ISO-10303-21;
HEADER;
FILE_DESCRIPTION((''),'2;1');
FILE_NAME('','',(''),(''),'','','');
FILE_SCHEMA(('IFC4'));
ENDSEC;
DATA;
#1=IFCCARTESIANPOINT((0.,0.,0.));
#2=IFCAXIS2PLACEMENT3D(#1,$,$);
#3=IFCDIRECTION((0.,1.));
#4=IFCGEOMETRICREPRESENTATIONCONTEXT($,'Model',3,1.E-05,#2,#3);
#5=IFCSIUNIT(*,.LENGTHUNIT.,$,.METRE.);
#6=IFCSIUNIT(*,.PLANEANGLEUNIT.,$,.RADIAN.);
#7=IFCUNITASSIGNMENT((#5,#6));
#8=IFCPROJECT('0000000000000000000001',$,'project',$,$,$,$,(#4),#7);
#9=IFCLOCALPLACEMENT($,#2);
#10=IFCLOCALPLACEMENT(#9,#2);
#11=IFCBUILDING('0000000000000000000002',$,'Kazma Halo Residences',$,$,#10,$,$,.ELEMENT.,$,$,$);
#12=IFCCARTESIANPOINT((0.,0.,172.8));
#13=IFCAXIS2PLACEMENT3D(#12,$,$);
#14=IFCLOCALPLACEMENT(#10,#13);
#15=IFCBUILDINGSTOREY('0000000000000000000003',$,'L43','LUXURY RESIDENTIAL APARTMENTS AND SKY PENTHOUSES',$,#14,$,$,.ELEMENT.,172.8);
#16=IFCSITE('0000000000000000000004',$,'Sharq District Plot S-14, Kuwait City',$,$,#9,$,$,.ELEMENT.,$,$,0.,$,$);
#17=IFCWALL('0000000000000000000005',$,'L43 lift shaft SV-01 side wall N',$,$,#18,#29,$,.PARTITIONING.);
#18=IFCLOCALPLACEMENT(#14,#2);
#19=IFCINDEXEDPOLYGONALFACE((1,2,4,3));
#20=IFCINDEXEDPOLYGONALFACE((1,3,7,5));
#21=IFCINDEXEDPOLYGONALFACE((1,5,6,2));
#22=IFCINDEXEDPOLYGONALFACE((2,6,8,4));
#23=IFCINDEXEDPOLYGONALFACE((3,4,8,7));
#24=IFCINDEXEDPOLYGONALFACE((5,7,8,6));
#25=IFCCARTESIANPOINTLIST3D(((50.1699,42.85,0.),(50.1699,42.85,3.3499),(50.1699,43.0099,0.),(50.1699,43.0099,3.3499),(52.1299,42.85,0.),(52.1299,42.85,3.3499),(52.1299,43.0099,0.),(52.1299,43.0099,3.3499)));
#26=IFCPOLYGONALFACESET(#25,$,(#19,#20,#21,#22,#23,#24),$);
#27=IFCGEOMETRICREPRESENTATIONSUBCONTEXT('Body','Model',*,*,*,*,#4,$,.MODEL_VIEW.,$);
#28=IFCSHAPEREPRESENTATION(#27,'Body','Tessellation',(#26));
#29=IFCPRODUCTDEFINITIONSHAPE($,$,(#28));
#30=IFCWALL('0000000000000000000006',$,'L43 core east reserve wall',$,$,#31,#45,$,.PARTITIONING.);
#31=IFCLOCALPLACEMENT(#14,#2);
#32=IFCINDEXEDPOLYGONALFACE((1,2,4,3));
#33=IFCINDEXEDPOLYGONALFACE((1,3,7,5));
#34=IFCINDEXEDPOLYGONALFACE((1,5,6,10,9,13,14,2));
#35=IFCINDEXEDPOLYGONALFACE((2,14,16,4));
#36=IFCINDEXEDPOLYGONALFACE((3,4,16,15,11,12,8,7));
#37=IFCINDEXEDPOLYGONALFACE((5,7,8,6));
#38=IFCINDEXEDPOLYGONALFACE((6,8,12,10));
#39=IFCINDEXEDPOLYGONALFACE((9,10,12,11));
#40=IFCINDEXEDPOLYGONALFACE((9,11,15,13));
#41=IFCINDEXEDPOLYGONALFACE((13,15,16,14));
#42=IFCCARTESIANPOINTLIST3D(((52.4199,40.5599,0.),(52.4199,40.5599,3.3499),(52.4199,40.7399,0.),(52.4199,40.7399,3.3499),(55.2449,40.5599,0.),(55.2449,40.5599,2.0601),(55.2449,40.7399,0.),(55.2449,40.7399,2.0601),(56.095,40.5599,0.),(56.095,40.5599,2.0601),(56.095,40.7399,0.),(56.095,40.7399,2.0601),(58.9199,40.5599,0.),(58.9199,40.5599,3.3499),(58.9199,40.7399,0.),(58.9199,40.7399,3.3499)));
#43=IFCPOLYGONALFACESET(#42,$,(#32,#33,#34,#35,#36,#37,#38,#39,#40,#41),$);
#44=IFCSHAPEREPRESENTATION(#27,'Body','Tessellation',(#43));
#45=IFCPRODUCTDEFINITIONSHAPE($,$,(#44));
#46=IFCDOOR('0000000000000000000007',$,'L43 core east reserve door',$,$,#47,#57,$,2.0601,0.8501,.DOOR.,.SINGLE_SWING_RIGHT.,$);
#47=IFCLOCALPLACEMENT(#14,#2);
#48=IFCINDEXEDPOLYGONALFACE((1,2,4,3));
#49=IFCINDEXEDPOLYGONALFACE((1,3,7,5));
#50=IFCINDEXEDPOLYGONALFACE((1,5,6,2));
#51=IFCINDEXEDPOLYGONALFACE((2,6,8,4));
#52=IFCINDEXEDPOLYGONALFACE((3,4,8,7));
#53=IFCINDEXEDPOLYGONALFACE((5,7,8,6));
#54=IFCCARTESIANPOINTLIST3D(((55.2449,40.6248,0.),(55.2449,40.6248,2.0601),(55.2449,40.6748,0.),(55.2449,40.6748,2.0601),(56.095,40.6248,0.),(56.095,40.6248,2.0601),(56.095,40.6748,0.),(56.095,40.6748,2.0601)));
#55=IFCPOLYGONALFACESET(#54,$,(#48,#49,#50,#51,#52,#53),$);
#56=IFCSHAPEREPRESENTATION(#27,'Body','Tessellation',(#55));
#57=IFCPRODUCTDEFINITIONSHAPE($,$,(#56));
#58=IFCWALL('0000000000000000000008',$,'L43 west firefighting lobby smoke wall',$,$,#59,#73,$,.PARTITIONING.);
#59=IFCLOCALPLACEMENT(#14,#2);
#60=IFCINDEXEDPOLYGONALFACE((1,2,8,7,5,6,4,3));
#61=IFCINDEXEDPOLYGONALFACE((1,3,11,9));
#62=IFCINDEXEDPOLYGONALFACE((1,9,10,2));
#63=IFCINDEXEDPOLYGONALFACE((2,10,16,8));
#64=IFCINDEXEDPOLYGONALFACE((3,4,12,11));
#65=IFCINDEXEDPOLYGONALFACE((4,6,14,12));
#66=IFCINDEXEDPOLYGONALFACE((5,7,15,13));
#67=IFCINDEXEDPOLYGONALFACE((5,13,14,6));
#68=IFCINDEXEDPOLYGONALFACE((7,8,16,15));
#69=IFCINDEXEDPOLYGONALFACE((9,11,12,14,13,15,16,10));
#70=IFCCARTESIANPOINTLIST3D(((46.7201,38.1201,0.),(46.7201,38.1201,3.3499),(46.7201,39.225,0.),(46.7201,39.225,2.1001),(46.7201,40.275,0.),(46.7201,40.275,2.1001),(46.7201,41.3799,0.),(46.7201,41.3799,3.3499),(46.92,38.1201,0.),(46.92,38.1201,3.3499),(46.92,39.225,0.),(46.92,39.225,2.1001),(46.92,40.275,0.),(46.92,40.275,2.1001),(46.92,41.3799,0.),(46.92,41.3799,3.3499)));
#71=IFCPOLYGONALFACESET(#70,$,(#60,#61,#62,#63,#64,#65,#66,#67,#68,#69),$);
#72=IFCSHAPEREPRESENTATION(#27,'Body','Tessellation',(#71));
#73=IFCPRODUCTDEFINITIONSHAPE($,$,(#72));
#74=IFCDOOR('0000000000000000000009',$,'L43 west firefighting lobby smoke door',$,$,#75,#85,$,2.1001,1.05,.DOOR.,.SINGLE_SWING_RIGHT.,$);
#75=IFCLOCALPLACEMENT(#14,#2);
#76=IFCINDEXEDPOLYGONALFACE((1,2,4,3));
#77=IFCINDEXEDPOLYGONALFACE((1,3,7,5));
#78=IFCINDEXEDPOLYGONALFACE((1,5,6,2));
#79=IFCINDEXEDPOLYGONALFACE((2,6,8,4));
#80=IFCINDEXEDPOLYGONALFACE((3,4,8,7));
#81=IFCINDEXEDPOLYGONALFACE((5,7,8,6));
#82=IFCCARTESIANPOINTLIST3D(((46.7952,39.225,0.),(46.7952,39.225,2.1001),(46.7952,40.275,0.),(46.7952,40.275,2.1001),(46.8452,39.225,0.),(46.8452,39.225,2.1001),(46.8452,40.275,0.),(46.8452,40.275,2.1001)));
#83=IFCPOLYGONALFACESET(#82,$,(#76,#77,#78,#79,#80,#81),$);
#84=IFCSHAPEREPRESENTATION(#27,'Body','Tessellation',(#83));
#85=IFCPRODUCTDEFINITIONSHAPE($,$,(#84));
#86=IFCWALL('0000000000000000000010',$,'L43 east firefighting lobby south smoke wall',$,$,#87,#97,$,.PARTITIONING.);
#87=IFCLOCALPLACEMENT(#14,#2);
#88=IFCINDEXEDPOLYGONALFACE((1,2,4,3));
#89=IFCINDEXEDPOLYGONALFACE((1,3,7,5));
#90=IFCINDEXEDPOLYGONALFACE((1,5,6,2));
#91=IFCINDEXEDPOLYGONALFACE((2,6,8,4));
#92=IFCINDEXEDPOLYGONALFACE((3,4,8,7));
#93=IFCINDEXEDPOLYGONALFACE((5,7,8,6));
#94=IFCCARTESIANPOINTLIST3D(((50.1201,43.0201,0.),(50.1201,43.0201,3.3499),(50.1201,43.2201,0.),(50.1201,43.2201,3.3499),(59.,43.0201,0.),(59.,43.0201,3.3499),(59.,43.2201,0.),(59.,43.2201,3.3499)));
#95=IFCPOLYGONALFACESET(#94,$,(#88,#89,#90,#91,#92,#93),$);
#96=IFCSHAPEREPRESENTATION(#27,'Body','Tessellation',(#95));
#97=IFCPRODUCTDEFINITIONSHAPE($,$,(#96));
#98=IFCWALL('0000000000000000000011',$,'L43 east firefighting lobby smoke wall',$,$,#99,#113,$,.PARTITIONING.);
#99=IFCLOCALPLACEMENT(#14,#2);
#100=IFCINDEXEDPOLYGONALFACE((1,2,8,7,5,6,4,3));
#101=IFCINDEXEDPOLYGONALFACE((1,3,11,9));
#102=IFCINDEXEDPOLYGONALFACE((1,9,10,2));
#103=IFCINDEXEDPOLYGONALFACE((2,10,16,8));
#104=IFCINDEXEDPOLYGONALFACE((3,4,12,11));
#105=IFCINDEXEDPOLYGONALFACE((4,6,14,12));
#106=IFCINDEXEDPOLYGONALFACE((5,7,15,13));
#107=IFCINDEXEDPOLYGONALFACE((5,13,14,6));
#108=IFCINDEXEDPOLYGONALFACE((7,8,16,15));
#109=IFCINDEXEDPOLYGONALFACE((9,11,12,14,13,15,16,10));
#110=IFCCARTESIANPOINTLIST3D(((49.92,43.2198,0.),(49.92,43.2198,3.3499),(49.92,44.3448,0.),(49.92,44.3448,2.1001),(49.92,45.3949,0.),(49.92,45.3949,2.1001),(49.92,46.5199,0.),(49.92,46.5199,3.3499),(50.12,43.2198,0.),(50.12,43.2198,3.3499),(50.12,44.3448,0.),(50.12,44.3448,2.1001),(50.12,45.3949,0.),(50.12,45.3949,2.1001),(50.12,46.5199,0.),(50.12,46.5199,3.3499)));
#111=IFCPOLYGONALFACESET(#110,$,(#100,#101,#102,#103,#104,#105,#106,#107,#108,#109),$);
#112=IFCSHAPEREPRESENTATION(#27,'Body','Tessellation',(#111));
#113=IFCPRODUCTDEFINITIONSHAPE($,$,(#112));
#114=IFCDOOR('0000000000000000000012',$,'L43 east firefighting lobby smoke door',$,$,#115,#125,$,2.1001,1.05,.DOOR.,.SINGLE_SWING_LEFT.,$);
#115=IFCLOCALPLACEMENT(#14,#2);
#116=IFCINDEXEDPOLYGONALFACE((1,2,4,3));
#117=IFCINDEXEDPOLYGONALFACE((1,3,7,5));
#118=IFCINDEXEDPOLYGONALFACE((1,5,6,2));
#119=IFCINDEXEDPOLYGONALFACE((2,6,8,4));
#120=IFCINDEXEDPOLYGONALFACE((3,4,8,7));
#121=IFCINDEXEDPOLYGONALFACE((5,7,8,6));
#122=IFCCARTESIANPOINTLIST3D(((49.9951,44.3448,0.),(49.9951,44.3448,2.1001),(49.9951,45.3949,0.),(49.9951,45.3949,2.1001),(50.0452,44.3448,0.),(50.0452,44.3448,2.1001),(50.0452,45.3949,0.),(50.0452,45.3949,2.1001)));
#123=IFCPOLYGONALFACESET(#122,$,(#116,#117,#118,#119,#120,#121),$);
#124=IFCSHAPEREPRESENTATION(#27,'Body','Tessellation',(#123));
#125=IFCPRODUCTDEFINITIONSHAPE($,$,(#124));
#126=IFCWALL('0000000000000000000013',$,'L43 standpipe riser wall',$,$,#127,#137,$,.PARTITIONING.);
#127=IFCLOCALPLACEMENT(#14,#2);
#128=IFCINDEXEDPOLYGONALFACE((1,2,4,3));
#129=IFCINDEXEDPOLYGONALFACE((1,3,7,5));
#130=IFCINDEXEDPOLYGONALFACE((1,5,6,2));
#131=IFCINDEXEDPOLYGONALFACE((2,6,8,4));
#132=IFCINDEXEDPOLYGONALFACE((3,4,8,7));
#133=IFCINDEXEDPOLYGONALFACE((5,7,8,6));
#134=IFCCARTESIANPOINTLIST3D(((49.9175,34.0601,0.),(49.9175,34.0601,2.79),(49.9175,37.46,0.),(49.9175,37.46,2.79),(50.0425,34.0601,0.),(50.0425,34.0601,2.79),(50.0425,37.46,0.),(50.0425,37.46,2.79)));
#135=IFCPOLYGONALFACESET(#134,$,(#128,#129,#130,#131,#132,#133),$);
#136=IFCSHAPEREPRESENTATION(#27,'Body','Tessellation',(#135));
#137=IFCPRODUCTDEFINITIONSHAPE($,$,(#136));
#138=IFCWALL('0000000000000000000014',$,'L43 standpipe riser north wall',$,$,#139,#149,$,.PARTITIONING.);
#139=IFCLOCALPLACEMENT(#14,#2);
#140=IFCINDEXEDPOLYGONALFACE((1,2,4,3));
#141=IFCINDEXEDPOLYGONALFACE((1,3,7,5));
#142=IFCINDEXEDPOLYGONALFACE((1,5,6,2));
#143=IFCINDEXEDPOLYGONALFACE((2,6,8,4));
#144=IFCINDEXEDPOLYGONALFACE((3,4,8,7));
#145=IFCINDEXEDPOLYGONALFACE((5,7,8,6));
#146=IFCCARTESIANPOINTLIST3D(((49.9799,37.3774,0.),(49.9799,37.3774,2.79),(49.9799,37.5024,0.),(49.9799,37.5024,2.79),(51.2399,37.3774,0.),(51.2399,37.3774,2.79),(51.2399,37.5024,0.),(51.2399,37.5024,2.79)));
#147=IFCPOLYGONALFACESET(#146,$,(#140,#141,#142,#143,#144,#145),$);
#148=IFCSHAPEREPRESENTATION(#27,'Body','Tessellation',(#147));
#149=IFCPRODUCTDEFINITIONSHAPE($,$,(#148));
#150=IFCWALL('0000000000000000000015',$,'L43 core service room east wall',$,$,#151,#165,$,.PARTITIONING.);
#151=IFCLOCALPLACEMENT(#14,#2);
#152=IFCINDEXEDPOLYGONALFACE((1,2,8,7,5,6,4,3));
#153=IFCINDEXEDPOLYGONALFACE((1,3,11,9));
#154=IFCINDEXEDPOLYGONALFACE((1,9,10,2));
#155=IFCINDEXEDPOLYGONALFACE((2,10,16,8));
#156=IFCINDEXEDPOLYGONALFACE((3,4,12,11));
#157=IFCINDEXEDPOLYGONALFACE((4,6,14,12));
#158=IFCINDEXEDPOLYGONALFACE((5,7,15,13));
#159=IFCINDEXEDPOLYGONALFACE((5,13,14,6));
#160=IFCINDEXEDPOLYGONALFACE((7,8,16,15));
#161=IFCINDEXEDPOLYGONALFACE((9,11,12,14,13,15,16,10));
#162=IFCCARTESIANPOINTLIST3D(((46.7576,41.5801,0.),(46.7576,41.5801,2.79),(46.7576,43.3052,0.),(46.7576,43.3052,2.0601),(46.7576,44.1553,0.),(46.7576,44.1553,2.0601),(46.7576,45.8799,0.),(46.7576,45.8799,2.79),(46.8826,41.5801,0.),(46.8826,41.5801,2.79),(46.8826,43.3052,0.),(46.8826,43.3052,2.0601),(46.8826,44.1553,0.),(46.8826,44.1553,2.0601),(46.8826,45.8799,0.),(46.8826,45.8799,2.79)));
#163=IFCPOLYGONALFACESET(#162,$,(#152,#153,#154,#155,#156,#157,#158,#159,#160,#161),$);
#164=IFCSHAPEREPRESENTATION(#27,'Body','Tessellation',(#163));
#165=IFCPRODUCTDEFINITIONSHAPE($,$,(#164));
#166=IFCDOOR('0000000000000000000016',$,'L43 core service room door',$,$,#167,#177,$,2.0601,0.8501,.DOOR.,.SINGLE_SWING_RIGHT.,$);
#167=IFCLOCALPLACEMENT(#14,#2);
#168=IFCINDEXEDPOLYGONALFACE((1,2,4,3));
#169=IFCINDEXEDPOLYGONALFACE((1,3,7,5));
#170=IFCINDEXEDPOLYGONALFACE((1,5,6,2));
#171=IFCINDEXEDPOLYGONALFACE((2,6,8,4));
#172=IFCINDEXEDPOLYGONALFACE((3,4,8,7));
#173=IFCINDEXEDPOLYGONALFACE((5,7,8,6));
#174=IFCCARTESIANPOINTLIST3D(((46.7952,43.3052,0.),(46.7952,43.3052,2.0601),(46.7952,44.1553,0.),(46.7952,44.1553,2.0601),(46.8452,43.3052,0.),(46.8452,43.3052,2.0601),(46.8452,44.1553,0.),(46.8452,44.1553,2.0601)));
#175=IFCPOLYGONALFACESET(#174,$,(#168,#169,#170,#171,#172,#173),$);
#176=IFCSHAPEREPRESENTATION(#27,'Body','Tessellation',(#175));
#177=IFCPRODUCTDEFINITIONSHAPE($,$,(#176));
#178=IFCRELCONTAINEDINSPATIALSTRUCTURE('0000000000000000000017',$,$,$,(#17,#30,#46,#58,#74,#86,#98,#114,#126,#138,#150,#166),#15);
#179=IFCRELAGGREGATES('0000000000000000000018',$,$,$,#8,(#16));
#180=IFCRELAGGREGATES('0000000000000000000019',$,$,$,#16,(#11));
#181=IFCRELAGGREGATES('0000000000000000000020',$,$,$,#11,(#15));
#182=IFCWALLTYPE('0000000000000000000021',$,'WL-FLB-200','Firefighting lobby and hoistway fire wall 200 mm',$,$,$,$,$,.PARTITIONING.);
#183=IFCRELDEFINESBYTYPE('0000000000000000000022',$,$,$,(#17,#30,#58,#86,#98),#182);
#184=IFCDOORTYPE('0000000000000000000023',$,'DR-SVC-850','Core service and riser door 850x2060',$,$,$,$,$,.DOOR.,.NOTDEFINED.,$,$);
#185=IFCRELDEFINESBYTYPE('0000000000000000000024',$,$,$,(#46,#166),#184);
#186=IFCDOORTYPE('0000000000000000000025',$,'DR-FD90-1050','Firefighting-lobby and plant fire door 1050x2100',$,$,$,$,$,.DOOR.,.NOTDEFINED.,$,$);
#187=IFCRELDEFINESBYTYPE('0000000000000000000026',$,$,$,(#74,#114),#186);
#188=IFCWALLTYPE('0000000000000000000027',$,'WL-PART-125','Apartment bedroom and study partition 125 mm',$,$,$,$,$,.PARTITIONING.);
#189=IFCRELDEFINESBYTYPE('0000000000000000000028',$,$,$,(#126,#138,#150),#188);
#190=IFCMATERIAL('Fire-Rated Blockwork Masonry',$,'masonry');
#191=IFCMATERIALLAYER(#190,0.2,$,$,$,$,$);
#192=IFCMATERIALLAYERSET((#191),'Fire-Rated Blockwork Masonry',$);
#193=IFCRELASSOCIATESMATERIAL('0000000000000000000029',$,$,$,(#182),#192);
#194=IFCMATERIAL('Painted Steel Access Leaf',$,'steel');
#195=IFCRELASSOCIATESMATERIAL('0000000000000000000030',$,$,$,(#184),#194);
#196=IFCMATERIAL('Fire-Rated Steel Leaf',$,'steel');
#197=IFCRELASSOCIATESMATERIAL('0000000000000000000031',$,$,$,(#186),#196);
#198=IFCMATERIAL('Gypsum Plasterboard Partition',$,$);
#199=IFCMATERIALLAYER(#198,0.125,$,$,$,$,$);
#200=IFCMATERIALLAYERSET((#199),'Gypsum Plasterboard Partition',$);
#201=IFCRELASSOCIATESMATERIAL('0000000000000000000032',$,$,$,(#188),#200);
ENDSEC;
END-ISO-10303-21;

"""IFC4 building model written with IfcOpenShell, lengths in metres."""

from ifc_helpers import new_model, si_unit, direction, frame, frame_2d, origin, place, context, subcontext, project, spatial, rectangle, extrude, material, layer, layer_set, type_object, element, fill, save


model = new_model("IFC4")

# Units and contexts
model_context = context("Model", 3, precision=1e-05, world=origin(), true_north=direction((0.0, 1.0)))
body_context = subcontext(model_context, "Body", "Model", "MODEL_VIEW")
ifc_project = project(units=[si_unit("LENGTHUNIT", "METRE"), si_unit("PLANEANGLEUNIT", "RADIAN")], contexts=[model_context])

# Site, building, storey
site_placement = place(None, origin())
site = spatial("IfcSite", under=ifc_project, at=site_placement, Name="Sharq District Plot S-14, Kuwait City", CompositionType="ELEMENT", RefElevation=0.0)
building_placement = place(site_placement, origin())
building = spatial("IfcBuilding", under=site, at=building_placement, Name="Kazma Halo Residences", CompositionType="ELEMENT")
storey_placement = place(building_placement, frame((0.0, 0.0, 172.8)))
storey = spatial("IfcBuildingStorey", under=building, at=storey_placement, Name="L43", Description="LUXURY RESIDENTIAL APARTMENTS AND SKY PENTHOUSES", CompositionType="ELEMENT", Elevation=172.8)

# Shared definitions
ifc_material_1 = material(Name="Fire-Rated Blockwork Masonry", Category="masonry")
ifc_layer_1 = layer(ifc_material_1, 0.2)
ifc_layer_set_1 = layer_set([ifc_layer_1], Name="Fire-Rated Blockwork Masonry")
wall_type_1 = type_object("IfcWallType", Name="WL-FLB-200", Description="Firefighting lobby and hoistway fire wall 200 mm", PredefinedType="PARTITIONING", material=ifc_layer_set_1)

# Wall
wall_1_placement = place(storey_placement, frame((50.1699, 42.9299, 0.0), z_axis=(0.0, 0.0, 1.0), x_axis=(1.0, 0.0, 0.0)))
element("IfcWall", 1, at=wall_1_placement, inside=storey, type_object=wall_type_1, Name="L43 lift shaft SV-01 side wall N", PredefinedType="PARTITIONING", context=body_context, shape_type="SweptSolid", body=[
    extrude(rectangle(XDim=1.96, YDim=0.1599, at=frame_2d((0.98, 0.0))), origin(), (0.0, 0.0, 1.0), 3.3499),
])

# Walls, openings, doors
wall_2_placement = place(storey_placement, frame((52.4199, 40.6499, 0.0), z_axis=(0.0, 0.0, 1.0), x_axis=(1.0, 0.0, 0.0)))
wall_2 = element("IfcWall", 2, at=wall_2_placement, inside=storey, type_object=wall_type_1, Name="L43 core east reserve wall", PredefinedType="PARTITIONING", context=body_context, shape_type="SweptSolid", body=[
    extrude(rectangle(XDim=6.5, YDim=0.1799, at=frame_2d((3.25, 0.0))), origin(), (0.0, 0.0, 1.0), 3.3499),
])
opening_1_placement = place(wall_2_placement, frame((2.825, 0.0, 0.0)))
opening_1 = element("IfcOpeningElement", 3, at=opening_1_placement, cuts=wall_2, PredefinedType="OPENING", context=body_context, shape_type="SweptSolid", body=[
    extrude(rectangle(XDim=0.8501, YDim=2.0601, at=frame_2d((0.425, 1.03))), frame((0.0, 0.0999, 0.0), z_axis=(0.0, -1.0, 0.0), x_axis=(1.0, 0.0, 0.0)), (0.0, 0.0, 1.0), 0.2),
])
ifc_material_2 = material(Name="Painted Steel Access Leaf", Category="steel")
door_type_1 = type_object("IfcDoorType", Name="DR-SVC-850", Description="Core service and riser door 850x2060", OperationType="NOTDEFINED", PredefinedType="DOOR", material=ifc_material_2)
door_1_placement = place(opening_1_placement, origin())
door_1 = element("IfcDoor", 4, at=door_1_placement, inside=storey, type_object=door_type_1, Name="L43 core east reserve door", OperationType="SINGLE_SWING_RIGHT", OverallHeight=2.0601, OverallWidth=0.8501, PredefinedType="DOOR", context=body_context, shape_type="SweptSolid", body=[
    extrude(rectangle(XDim=0.8501, YDim=2.0601, at=frame_2d((0.425, 1.03))), frame((0.0, 0.0249, 0.0), z_axis=(0.0, -1.0, 0.0), x_axis=(1.0, 0.0, 0.0)), (0.0, 0.0, 1.0), 0.05),
])
fill(opening_1, door_1)
wall_3_placement = place(storey_placement, frame((46.8201, 38.1201, 0.0), z_axis=(0.0, 0.0, 1.0), x_axis=(0.0, 1.0, 0.0)))
wall_3 = element("IfcWall", 5, at=wall_3_placement, inside=storey, type_object=wall_type_1, Name="L43 west firefighting lobby smoke wall", PredefinedType="PARTITIONING", context=body_context, shape_type="SweptSolid", body=[
    extrude(rectangle(XDim=3.2598, YDim=0.2, at=frame_2d((1.6299, 0.0))), origin(), (0.0, 0.0, 1.0), 3.3499),
])
opening_2_placement = place(wall_3_placement, frame((1.105, 0.0, 0.0)))
opening_2 = element("IfcOpeningElement", 6, at=opening_2_placement, cuts=wall_3, PredefinedType="OPENING", context=body_context, shape_type="SweptSolid", body=[
    extrude(rectangle(XDim=1.05, YDim=2.1001, at=frame_2d((0.5249, 1.05))), frame((0.0, 0.1099, 0.0), z_axis=(0.0, -1.0, 0.0), x_axis=(1.0, 0.0, 0.0)), (0.0, 0.0, 1.0), 0.22),
])
ifc_material_3 = material(Name="Fire-Rated Steel Leaf", Category="steel")
door_type_2 = type_object("IfcDoorType", Name="DR-FD90-1050", Description="Firefighting-lobby and plant fire door 1050x2100", OperationType="NOTDEFINED", PredefinedType="DOOR", material=ifc_material_3)
door_2_placement = place(opening_2_placement, origin())
door_2 = element("IfcDoor", 7, at=door_2_placement, inside=storey, type_object=door_type_2, Name="L43 west firefighting lobby smoke door", OperationType="SINGLE_SWING_RIGHT", OverallHeight=2.1001, OverallWidth=1.05, PredefinedType="DOOR", context=body_context, shape_type="SweptSolid", body=[
    extrude(rectangle(XDim=1.05, YDim=2.1001, at=frame_2d((0.5249, 1.05))), frame((0.0, 0.0249, 0.0), z_axis=(0.0, -1.0, 0.0), x_axis=(1.0, 0.0, 0.0)), (0.0, 0.0, 1.0), 0.05),
])
fill(opening_2, door_2)

# Wall
wall_4_placement = place(storey_placement, frame((50.1201, 43.1201, 0.0), z_axis=(0.0, 0.0, 1.0), x_axis=(1.0, 0.0, 0.0)))
element("IfcWall", 8, at=wall_4_placement, inside=storey, type_object=wall_type_1, Name="L43 east firefighting lobby south smoke wall", PredefinedType="PARTITIONING", context=body_context, shape_type="SweptSolid", body=[
    extrude(rectangle(XDim=8.8799, YDim=0.2, at=frame_2d((4.4399, 0.0))), origin(), (0.0, 0.0, 1.0), 3.3499),
])

# Wall, opening, door
wall_5_placement = place(storey_placement, frame((50.02, 43.22, 0.0), z_axis=(0.0, 0.0, 1.0), x_axis=(0.0, 1.0, 0.0)))
wall_5 = element("IfcWall", 9, at=wall_5_placement, inside=storey, type_object=wall_type_1, Name="L43 east firefighting lobby smoke wall", PredefinedType="PARTITIONING", context=body_context, shape_type="SweptSolid", body=[
    extrude(rectangle(XDim=3.3, YDim=0.2, at=frame_2d((1.6499, 0.0))), origin(), (0.0, 0.0, 1.0), 3.3499),
])
opening_3_placement = place(wall_5_placement, frame((1.125, 0.0, 0.0)))
opening_3 = element("IfcOpeningElement", 10, at=opening_3_placement, cuts=wall_5, PredefinedType="OPENING", context=body_context, shape_type="SweptSolid", body=[
    extrude(rectangle(XDim=1.05, YDim=2.1001, at=frame_2d((0.5249, 1.05))), frame((0.0, 0.1099, 0.0), z_axis=(0.0, -1.0, 0.0), x_axis=(1.0, 0.0, 0.0)), (0.0, 0.0, 1.0), 0.22),
])
door_3_placement = place(opening_3_placement, origin())
door_3 = element("IfcDoor", 11, at=door_3_placement, inside=storey, type_object=door_type_2, Name="L43 east firefighting lobby smoke door", OperationType="SINGLE_SWING_LEFT", OverallHeight=2.1001, OverallWidth=1.05, PredefinedType="DOOR", context=body_context, shape_type="SweptSolid", body=[
    extrude(rectangle(XDim=1.05, YDim=2.1001, at=frame_2d((0.5249, 1.05))), frame((0.0, 0.0249, 0.0), z_axis=(0.0, -1.0, 0.0), x_axis=(1.0, 0.0, 0.0)), (0.0, 0.0, 1.0), 0.05),
])
fill(opening_3, door_3)

# Walls
ifc_material_4 = material(Name="Gypsum Plasterboard Partition")
ifc_layer_2 = layer(ifc_material_4, 0.125)
ifc_layer_set_2 = layer_set([ifc_layer_2], Name="Gypsum Plasterboard Partition")
wall_type_2 = type_object("IfcWallType", Name="WL-PART-125", Description="Apartment bedroom and study partition 125 mm", PredefinedType="PARTITIONING", material=ifc_layer_set_2)
wall_6_placement = place(storey_placement, frame((49.98, 34.0601, 0.0), z_axis=(0.0, 0.0, 1.0), x_axis=(0.0, 1.0, 0.0)))
element("IfcWall", 12, at=wall_6_placement, inside=storey, type_object=wall_type_2, Name="L43 standpipe riser wall", PredefinedType="PARTITIONING", context=body_context, shape_type="SweptSolid", body=[
    extrude(rectangle(XDim=3.3999, YDim=0.125, at=frame_2d((1.7, 0.0))), origin(), (0.0, 0.0, 1.0), 2.79),
])
wall_7_placement = place(storey_placement, frame((49.98, 37.4399, 0.0), z_axis=(0.0, 0.0, 1.0), x_axis=(1.0, 0.0, 0.0)))
element("IfcWall", 13, at=wall_7_placement, inside=storey, type_object=wall_type_2, Name="L43 standpipe riser north wall", PredefinedType="PARTITIONING", context=body_context, shape_type="SweptSolid", body=[
    extrude(rectangle(XDim=1.26, YDim=0.125, at=frame_2d((0.6299, 0.0))), origin(), (0.0, 0.0, 1.0), 2.79),
])

# Wall, opening, door
wall_8_placement = place(storey_placement, frame((46.8201, 41.5801, 0.0), z_axis=(0.0, 0.0, 1.0), x_axis=(0.0, 1.0, 0.0)))
wall_8 = element("IfcWall", 14, at=wall_8_placement, inside=storey, type_object=wall_type_2, Name="L43 core service room east wall", PredefinedType="PARTITIONING", context=body_context, shape_type="SweptSolid", body=[
    extrude(rectangle(XDim=4.2998, YDim=0.125, at=frame_2d((2.1499, 0.0))), origin(), (0.0, 0.0, 1.0), 2.79),
])
opening_4_placement = place(wall_8_placement, frame((1.7251, 0.0, 0.0)))
opening_4 = element("IfcOpeningElement", 15, at=opening_4_placement, cuts=wall_8, PredefinedType="OPENING", context=body_context, shape_type="SweptSolid", body=[
    extrude(rectangle(XDim=0.8501, YDim=2.0601, at=frame_2d((0.425, 1.03))), frame((0.0, 0.0725, 0.0), z_axis=(0.0, -1.0, 0.0), x_axis=(1.0, 0.0, 0.0)), (0.0, 0.0, 1.0), 0.145),
])
door_4_placement = place(opening_4_placement, origin())
door_4 = element("IfcDoor", 16, at=door_4_placement, inside=storey, type_object=door_type_1, Name="L43 core service room door", OperationType="SINGLE_SWING_RIGHT", OverallHeight=2.0601, OverallWidth=0.8501, PredefinedType="DOOR", context=body_context, shape_type="SweptSolid", body=[
    extrude(rectangle(XDim=0.8501, YDim=2.0601, at=frame_2d((0.425, 1.03))), frame((0.0, 0.0249, 0.0), z_axis=(0.0, -1.0, 0.0), x_axis=(1.0, 0.0, 0.0)), (0.0, 0.0, 1.0), 0.05),
])
fill(opening_4, door_4)

save(model, "model.ifc")
